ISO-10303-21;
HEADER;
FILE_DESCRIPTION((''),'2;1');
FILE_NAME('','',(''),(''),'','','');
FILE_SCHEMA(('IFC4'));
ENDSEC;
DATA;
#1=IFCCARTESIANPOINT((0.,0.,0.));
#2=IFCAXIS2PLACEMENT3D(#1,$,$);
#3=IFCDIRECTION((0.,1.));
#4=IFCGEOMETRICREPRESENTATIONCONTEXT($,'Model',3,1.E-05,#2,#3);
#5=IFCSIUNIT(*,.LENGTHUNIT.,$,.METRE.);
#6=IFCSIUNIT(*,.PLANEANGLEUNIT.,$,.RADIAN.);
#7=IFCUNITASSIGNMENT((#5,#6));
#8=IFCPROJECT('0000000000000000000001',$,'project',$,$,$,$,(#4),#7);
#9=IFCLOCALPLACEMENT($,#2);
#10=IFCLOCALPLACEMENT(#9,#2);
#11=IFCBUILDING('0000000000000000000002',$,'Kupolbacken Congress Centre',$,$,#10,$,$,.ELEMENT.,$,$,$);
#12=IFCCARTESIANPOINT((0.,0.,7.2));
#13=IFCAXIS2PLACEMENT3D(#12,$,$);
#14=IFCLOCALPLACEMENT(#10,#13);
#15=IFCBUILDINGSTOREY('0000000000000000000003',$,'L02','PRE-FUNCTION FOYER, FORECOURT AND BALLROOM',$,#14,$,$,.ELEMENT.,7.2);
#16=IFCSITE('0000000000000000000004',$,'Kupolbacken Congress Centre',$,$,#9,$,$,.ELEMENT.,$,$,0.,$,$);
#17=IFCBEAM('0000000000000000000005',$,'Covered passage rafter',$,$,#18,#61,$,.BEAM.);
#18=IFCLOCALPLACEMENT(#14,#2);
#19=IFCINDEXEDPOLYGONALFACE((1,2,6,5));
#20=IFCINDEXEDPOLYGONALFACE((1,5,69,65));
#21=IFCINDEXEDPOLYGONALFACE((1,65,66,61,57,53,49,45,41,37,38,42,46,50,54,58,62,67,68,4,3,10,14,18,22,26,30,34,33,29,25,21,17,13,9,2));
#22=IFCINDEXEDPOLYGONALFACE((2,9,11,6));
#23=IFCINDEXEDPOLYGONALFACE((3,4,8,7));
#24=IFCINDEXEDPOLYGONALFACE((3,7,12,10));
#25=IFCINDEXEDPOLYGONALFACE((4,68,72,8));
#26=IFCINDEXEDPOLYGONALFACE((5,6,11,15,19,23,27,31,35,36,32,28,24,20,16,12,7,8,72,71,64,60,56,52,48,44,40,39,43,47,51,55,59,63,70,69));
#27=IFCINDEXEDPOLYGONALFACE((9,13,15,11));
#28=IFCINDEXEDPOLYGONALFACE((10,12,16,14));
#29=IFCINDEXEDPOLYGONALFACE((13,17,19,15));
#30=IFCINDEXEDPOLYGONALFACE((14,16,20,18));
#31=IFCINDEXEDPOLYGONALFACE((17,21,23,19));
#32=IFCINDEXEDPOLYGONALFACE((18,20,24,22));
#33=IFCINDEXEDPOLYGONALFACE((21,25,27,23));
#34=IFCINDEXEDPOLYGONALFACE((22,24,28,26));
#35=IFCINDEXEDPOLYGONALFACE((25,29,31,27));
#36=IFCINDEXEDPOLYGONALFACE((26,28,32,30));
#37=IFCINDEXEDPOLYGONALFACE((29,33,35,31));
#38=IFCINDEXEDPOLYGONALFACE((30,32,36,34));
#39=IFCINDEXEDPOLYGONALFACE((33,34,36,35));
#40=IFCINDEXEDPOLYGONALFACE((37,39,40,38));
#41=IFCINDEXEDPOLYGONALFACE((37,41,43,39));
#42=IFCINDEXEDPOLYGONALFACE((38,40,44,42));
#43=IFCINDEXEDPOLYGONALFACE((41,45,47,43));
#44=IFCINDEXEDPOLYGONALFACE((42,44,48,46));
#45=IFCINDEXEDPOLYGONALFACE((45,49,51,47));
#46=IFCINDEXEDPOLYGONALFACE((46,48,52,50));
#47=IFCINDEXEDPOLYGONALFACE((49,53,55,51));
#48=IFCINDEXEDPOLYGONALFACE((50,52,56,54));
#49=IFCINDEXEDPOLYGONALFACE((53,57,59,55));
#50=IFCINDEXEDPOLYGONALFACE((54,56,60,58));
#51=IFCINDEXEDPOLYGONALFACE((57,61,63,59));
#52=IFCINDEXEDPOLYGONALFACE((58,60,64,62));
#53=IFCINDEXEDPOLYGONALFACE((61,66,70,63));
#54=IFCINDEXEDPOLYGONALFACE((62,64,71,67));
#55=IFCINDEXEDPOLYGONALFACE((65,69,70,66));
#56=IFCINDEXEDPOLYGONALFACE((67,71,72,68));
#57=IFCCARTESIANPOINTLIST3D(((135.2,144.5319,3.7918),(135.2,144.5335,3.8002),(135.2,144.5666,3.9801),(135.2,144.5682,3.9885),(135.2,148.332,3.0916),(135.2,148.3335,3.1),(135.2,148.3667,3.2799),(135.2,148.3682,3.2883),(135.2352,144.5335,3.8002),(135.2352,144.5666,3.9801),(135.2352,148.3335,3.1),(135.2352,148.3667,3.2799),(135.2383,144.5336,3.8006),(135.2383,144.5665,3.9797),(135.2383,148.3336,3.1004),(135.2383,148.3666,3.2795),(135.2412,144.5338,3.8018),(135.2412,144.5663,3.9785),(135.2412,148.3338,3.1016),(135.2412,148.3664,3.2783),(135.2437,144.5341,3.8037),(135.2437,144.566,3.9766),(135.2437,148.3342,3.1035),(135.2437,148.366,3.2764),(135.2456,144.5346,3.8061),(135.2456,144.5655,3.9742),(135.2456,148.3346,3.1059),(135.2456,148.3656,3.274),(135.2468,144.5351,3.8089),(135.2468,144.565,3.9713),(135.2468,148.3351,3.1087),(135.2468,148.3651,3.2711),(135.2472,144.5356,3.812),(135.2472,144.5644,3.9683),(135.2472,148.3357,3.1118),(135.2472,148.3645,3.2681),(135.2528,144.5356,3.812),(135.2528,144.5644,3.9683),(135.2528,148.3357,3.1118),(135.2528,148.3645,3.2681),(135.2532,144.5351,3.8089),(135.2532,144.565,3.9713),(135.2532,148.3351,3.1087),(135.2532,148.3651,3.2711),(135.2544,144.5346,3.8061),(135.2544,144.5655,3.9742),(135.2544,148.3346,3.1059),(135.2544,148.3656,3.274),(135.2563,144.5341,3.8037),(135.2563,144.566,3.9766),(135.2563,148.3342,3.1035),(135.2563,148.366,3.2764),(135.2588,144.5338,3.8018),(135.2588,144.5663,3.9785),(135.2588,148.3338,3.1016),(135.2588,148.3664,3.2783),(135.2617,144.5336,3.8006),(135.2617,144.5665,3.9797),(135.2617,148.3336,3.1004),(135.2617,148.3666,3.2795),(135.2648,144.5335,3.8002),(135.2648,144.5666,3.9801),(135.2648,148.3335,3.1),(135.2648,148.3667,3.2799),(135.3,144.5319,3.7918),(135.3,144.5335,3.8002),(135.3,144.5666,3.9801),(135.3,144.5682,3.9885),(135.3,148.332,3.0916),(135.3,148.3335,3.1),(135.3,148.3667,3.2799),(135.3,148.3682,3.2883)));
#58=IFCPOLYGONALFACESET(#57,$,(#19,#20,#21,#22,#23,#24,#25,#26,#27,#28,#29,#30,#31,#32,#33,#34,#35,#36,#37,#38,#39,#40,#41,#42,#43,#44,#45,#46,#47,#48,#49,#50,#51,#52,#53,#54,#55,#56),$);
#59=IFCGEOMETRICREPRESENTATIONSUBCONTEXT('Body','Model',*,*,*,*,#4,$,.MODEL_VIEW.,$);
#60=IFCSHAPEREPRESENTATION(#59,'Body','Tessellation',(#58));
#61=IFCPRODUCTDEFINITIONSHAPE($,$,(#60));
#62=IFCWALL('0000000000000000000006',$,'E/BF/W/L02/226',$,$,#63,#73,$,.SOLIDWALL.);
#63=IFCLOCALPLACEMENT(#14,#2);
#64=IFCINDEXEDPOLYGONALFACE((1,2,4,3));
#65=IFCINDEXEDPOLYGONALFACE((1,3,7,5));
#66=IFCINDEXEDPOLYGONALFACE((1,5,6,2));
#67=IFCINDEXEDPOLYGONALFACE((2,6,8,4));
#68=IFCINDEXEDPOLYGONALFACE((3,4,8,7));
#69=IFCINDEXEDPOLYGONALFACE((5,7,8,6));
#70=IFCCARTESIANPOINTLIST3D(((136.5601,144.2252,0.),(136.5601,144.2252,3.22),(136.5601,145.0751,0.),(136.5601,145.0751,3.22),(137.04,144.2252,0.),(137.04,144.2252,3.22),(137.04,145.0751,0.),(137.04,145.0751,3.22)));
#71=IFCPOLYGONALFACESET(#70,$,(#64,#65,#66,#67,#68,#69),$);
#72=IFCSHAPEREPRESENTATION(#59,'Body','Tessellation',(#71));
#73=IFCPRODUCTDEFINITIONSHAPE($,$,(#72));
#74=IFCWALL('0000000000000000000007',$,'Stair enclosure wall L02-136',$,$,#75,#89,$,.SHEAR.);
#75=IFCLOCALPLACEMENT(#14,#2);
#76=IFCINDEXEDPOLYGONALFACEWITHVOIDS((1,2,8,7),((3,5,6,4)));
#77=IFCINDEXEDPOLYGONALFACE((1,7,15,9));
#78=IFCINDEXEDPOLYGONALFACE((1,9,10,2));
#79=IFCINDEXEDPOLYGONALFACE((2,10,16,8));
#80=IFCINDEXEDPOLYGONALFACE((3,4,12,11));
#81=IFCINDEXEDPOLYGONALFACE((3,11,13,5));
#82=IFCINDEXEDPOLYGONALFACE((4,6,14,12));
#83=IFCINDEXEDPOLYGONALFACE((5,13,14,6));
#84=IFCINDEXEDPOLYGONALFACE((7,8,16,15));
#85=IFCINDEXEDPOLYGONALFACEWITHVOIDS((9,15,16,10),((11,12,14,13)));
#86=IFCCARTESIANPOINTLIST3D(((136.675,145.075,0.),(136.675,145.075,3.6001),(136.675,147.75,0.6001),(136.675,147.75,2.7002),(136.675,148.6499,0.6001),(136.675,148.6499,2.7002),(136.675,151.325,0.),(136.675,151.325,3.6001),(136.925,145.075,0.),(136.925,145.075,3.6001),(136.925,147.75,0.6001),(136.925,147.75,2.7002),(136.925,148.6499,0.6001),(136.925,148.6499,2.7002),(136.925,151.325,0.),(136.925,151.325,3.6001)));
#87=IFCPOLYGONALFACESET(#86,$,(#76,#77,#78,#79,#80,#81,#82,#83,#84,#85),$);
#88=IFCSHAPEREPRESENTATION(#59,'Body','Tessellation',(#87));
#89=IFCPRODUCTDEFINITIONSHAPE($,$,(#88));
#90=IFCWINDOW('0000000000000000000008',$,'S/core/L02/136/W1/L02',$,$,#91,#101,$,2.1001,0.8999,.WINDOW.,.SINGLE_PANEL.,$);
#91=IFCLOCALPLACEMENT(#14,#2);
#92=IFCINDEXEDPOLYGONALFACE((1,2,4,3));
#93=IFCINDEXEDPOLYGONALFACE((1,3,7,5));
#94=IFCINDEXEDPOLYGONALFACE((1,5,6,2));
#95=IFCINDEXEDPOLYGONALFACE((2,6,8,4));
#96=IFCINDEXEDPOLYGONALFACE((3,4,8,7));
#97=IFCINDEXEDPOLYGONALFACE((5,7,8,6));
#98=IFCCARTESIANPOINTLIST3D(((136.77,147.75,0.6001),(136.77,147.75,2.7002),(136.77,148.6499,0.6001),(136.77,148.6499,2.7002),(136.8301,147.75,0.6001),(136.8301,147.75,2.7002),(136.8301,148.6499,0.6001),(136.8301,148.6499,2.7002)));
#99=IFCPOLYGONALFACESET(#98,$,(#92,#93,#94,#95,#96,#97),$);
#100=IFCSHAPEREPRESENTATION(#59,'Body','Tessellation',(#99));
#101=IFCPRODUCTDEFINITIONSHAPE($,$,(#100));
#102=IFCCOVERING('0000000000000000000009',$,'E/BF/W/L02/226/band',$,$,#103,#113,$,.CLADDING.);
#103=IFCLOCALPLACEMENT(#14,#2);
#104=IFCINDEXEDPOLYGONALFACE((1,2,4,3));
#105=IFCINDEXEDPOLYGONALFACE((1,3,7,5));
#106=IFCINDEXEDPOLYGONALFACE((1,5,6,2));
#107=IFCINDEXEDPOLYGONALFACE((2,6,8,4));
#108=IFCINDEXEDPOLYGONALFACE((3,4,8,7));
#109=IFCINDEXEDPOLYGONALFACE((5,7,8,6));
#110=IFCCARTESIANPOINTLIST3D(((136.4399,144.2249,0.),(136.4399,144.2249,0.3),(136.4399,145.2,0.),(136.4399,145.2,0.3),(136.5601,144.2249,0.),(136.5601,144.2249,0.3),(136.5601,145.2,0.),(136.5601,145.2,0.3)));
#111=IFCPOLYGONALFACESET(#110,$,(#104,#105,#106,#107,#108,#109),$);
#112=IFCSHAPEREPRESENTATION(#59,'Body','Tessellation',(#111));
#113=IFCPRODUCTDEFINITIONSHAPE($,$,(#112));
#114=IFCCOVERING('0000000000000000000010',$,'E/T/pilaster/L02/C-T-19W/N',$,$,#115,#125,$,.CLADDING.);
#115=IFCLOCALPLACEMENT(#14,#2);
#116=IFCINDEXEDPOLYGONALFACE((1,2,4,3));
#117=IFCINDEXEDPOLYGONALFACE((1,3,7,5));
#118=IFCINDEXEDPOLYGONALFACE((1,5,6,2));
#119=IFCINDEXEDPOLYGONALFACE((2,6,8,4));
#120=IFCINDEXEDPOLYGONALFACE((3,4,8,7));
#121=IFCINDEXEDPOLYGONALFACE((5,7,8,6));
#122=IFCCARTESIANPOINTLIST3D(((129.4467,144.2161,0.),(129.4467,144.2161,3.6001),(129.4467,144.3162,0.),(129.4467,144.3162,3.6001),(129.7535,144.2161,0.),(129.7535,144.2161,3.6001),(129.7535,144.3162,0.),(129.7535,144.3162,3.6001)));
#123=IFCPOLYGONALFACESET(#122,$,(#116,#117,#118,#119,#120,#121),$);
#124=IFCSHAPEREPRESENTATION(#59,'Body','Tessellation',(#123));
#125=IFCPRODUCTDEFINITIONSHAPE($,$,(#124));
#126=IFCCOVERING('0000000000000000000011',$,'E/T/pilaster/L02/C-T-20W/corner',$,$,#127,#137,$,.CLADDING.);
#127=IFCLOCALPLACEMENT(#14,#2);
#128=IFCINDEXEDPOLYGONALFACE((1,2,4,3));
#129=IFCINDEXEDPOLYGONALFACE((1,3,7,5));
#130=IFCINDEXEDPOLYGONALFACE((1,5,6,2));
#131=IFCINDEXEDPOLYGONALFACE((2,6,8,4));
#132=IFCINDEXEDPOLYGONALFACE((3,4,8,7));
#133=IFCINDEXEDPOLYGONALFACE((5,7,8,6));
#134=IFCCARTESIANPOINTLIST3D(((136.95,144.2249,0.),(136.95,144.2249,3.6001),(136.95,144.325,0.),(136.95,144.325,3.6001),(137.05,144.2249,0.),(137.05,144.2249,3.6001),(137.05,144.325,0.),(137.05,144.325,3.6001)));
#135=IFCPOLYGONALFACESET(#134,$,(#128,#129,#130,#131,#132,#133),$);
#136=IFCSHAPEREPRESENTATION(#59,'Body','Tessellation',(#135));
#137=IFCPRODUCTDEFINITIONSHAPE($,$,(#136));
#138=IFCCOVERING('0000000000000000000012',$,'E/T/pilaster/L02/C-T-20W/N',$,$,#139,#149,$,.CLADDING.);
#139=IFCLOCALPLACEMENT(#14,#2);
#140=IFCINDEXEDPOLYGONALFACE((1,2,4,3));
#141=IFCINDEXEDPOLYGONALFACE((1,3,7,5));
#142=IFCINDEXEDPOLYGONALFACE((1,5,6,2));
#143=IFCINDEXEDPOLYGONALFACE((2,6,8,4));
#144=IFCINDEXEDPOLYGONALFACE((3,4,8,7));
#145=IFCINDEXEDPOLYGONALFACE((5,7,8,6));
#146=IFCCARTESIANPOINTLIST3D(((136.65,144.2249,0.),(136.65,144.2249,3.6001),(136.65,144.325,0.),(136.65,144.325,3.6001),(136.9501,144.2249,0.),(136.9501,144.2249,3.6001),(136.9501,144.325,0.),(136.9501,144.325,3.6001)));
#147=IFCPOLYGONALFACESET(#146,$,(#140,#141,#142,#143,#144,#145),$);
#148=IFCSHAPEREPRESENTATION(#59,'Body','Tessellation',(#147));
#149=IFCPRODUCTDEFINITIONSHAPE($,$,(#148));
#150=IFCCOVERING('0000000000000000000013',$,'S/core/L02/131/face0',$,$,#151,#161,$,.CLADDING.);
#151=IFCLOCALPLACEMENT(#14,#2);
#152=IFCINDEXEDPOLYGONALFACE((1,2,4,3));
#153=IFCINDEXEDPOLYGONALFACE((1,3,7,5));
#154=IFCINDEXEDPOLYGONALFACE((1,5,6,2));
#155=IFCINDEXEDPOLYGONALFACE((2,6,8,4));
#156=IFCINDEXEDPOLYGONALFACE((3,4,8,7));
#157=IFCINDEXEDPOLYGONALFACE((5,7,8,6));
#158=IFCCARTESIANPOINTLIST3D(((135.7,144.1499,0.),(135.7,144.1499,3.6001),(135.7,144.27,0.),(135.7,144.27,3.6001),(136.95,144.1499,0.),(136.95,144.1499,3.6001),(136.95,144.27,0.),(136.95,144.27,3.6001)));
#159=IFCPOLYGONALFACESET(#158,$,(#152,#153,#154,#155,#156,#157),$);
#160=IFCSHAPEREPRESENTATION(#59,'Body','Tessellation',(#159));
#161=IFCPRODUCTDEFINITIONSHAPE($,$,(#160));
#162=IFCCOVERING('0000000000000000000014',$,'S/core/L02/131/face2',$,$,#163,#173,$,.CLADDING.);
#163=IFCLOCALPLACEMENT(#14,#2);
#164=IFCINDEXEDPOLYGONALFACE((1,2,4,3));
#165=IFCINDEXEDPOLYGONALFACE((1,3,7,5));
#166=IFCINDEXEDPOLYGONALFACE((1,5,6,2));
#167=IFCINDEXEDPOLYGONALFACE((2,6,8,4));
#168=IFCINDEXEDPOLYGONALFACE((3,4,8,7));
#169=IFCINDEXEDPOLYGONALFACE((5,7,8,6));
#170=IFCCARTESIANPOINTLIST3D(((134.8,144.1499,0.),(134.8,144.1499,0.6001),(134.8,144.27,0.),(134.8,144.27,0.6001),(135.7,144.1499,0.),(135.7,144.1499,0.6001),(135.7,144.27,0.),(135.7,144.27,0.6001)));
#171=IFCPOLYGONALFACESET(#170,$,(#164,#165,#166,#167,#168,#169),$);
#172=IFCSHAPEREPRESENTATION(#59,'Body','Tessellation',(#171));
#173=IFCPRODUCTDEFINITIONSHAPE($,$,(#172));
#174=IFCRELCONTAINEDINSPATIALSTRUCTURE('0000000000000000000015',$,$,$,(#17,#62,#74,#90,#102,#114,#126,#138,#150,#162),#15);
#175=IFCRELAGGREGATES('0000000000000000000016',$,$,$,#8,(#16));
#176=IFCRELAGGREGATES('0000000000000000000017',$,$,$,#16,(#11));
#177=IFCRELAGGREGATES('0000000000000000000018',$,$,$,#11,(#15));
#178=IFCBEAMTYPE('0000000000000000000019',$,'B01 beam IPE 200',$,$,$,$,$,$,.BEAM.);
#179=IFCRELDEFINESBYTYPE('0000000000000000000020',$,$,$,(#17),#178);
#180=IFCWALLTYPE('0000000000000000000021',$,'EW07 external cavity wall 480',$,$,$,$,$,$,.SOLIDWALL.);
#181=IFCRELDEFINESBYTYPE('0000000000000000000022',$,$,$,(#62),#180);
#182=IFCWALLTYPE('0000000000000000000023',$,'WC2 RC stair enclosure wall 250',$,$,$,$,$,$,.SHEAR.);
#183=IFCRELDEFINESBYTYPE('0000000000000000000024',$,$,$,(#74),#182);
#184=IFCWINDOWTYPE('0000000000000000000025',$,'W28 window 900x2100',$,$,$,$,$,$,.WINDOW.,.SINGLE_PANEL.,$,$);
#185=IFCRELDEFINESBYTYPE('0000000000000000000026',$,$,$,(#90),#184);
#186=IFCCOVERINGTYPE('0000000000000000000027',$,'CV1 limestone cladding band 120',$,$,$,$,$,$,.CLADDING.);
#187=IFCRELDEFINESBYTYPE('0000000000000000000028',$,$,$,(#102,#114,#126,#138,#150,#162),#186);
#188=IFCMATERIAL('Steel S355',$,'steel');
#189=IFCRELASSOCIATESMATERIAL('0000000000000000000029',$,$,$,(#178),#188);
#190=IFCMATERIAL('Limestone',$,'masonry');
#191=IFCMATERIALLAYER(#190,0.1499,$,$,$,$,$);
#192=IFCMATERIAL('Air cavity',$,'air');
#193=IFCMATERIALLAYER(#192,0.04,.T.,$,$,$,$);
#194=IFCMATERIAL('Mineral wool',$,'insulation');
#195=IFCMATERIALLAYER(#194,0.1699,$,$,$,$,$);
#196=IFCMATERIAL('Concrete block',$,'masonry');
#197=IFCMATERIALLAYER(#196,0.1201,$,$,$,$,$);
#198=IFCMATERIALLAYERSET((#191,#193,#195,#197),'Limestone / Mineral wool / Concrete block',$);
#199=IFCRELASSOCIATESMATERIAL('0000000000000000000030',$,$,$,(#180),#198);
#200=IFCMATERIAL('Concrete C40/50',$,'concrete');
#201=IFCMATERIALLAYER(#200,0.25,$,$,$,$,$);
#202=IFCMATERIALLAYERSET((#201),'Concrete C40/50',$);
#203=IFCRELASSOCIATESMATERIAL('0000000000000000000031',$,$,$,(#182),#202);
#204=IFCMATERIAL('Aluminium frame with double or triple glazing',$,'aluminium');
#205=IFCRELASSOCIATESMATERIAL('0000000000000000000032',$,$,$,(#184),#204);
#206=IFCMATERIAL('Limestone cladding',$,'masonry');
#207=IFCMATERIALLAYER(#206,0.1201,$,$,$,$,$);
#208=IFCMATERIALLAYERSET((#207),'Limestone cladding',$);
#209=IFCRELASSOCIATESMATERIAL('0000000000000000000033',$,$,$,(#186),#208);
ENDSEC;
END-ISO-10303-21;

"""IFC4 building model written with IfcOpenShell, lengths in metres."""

from ifc_helpers import new_model, si_unit, direction, frame, frame_2d, origin, origin_2d, place, context, subcontext, project, spatial, rectangle, i_section, extrude, material, layer, layer_set, material_profile, profile_set, type_object, element, fill, save


model = new_model("IFC4")

# Units and contexts
model_context = context("Model", 3, precision=1e-05, world=origin(), true_north=direction((0.0, 1.0)))
body_context = subcontext(model_context, "Body", "Model", "MODEL_VIEW")
ifc_project = project(units=[si_unit("LENGTHUNIT", "METRE"), si_unit("PLANEANGLEUNIT", "RADIAN")], contexts=[model_context])

# Site, building, storey
site_placement = place(None, origin())
site = spatial("IfcSite", under=ifc_project, at=site_placement, Name="Kupolbacken Congress Centre", CompositionType="ELEMENT", RefElevation=0.0)
building_placement = place(site_placement, origin())
building = spatial("IfcBuilding", under=site, at=building_placement, Name="Kupolbacken Congress Centre", CompositionType="ELEMENT")
storey_placement = place(building_placement, frame((0.0, 0.0, 7.2)))
storey = spatial("IfcBuildingStorey", under=building, at=storey_placement, Name="L02", Description="PRE-FUNCTION FOYER, FORECOURT AND BALLROOM", CompositionType="ELEMENT", Elevation=7.2)

# Beam
ifc_material_1 = material(Name="Steel S355", Category="steel")
ifc_material_profile_1 = material_profile(ifc_material_1, i_section(OverallWidth=0.1001, OverallDepth=0.2, WebThickness=0.0056, FlangeThickness=0.0085, FilletRadius=0.012, at=origin_2d()), Name="IPE 200")
ifc_profile_set_1 = profile_set([ifc_material_profile_1], Name="Steel S355")
beam_type = type_object("IfcBeamType", Name="B01 beam IPE 200", PredefinedType="BEAM", material=ifc_profile_set_1)
for number, where, z_axis, x_axis, name in (
    (1, (135.25, 144.55, 3.8901), (0.0, 0.983445, -0.181209), (-1.0, 0.0, 0.0), "Covered passage rafter"),
):
    element("IfcBeam", number, at=place(storey_placement, frame(where, z_axis=z_axis, x_axis=x_axis)), inside=storey, type_object=beam_type, Name=name, PredefinedType="BEAM", context=body_context, shape_type="SweptSolid", body=[
        extrude(i_section(OverallWidth=0.1001, OverallDepth=0.2, WebThickness=0.0056, FlangeThickness=0.0085, FilletRadius=0.012, at=origin_2d()), origin(), (0.0, 0.0, 1.0), 3.864),
    ])

# Wall
ifc_material_2 = material(Name="Limestone", Category="masonry")
ifc_layer_1 = layer(ifc_material_2, 0.1499)
ifc_material_3 = material(Name="Air cavity", Category="air")
ifc_layer_2 = layer(ifc_material_3, 0.04, ventilated=True)
ifc_material_4 = material(Name="Mineral wool", Category="insulation")
ifc_layer_3 = layer(ifc_material_4, 0.1699)
ifc_material_5 = material(Name="Concrete block", Category="masonry")
ifc_layer_4 = layer(ifc_material_5, 0.1201)
ifc_layer_set_1 = layer_set([ifc_layer_1, ifc_layer_2, ifc_layer_3, ifc_layer_4], Name="Limestone / Mineral wool / Concrete block")
wall_type_1 = type_object("IfcWallType", Name="EW07 external cavity wall 480", PredefinedType="SOLIDWALL", material=ifc_layer_set_1)
wall_1_placement = place(storey_placement, frame((136.8, 145.075, 0.0), z_axis=(0.0, 0.0, 1.0), x_axis=(0.0, -1.0, 0.0)))
element("IfcWall", 2, at=wall_1_placement, inside=storey, type_object=wall_type_1, Name="E/BF/W/L02/226", PredefinedType="SOLIDWALL", context=body_context, shape_type="SweptSolid", body=[
    extrude(rectangle(XDim=0.8499, YDim=0.48, at=frame_2d((0.4248, 0.0))), origin(), (0.0, 0.0, 1.0), 3.22),
])

# Shared definitions
ifc_material_6 = material(Name="Concrete C40/50", Category="concrete")
ifc_layer_5 = layer(ifc_material_6, 0.25)
ifc_layer_set_2 = layer_set([ifc_layer_5], Name="Concrete C40/50")
wall_type_2 = type_object("IfcWallType", Name="WC2 RC stair enclosure wall 250", PredefinedType="SHEAR", material=ifc_layer_set_2)

# Wall, opening, window
wall_2_placement = place(storey_placement, frame((136.8, 151.325, 0.0), z_axis=(0.0, 0.0, 1.0), x_axis=(0.0, -1.0, 0.0)))
wall_2 = element("IfcWall", 3, at=wall_2_placement, inside=storey, type_object=wall_type_2, Name="Stair enclosure wall L02-136", PredefinedType="SHEAR", context=body_context, shape_type="SweptSolid", body=[
    extrude(rectangle(XDim=6.25, YDim=0.25, at=frame_2d((3.125, 0.0))), origin(), (0.0, 0.0, 1.0), 3.6001),
])
opening_1_placement = place(wall_2_placement, frame((2.675, 0.0, 0.6001)))
opening_1 = element("IfcOpeningElement", 4, at=opening_1_placement, cuts=wall_2, PredefinedType="OPENING", context=body_context, shape_type="SweptSolid", body=[
    extrude(rectangle(XDim=0.8999, YDim=2.1001, at=frame_2d((0.45, 1.05))), frame((0.0, 0.135, 0.0), z_axis=(0.0, -1.0, 0.0), x_axis=(1.0, 0.0, 0.0)), (0.0, 0.0, 1.0), 0.27),
])
ifc_material_7 = material(Name="Aluminium frame with double or triple glazing", Category="aluminium")
window_type = type_object("IfcWindowType", Name="W28 window 900x2100", PartitioningType="SINGLE_PANEL", PredefinedType="WINDOW", material=ifc_material_7)
window_placement = place(opening_1_placement, origin())
window = element("IfcWindow", 5, at=window_placement, inside=storey, type_object=window_type, Name="S/core/L02/136/W1/L02", OverallHeight=2.1001, OverallWidth=0.8999, PartitioningType="SINGLE_PANEL", PredefinedType="WINDOW", context=body_context, shape_type="SweptSolid", body=[
    extrude(rectangle(XDim=0.8999, YDim=2.1001, at=frame_2d((0.45, 1.05))), frame((0.0, 0.03, 0.0), z_axis=(0.0, -1.0, 0.0), x_axis=(1.0, 0.0, 0.0)), (0.0, 0.0, 1.0), 0.0601),
])
fill(opening_1, window)

# Coverings
ifc_material_8 = material(Name="Limestone cladding", Category="masonry")
ifc_layer_6 = layer(ifc_material_8, 0.1201)
ifc_layer_set_3 = layer_set([ifc_layer_6], Name="Limestone cladding")
covering_type_1 = type_object("IfcCoveringType", Name="CV1 limestone cladding band 120", PredefinedType="CLADDING", material=ifc_layer_set_3)
covering_1_placement = place(storey_placement, frame((136.5, 144.7124, 0.0), z_axis=(0.0, 0.0, 1.0), x_axis=(0.0, -1.0, 0.0)))
element("IfcCovering", 6, at=covering_1_placement, inside=storey, type_object=covering_type_1, Name="E/BF/W/L02/226/band", PredefinedType="CLADDING", context=body_context, shape_type="SweptSolid", body=[
    extrude(rectangle(XDim=0.9751, YDim=0.1201, at=origin_2d()), origin(), (0.0, 0.0, 1.0), 0.3),
])
covering_2_placement = place(storey_placement, frame((129.6001, 144.2661, 0.0), z_axis=(0.0, 0.0, 1.0), x_axis=(1.0, 0.0, 0.0)))
element("IfcCovering", 7, at=covering_2_placement, inside=storey, type_object=covering_type_1, Name="E/T/pilaster/L02/C-T-19W/N", PredefinedType="CLADDING", context=body_context, shape_type="SweptSolid", body=[
    extrude(rectangle(XDim=0.3069, YDim=0.1001, at=origin_2d()), origin(), (0.0, 0.0, 1.0), 3.6001),
])
covering_3_placement = place(storey_placement, frame((137.0, 144.2749, 0.0), z_axis=(0.0, 0.0, 1.0), x_axis=(1.0, 0.0, 0.0)))
element("IfcCovering", 8, at=covering_3_placement, inside=storey, type_object=covering_type_1, Name="E/T/pilaster/L02/C-T-20W/corner", PredefinedType="CLADDING", context=body_context, shape_type="SweptSolid", body=[
    extrude(rectangle(XDim=0.1001, YDim=0.1001, at=origin_2d()), origin(), (0.0, 0.0, 1.0), 3.6001),
])
covering_4_placement = place(storey_placement, frame((136.8, 144.2749, 0.0), z_axis=(0.0, 0.0, 1.0), x_axis=(1.0, 0.0, 0.0)))
element("IfcCovering", 9, at=covering_4_placement, inside=storey, type_object=covering_type_1, Name="E/T/pilaster/L02/C-T-20W/N", PredefinedType="CLADDING", context=body_context, shape_type="SweptSolid", body=[
    extrude(rectangle(XDim=0.3, YDim=0.1001, at=origin_2d()), origin(), (0.0, 0.0, 1.0), 3.6001),
])
covering_5_placement = place(storey_placement, frame((136.325, 144.21, 0.0), z_axis=(0.0, 0.0, 1.0), x_axis=(-1.0, 0.0, 0.0)))
element("IfcCovering", 10, at=covering_5_placement, inside=storey, type_object=covering_type_1, Name="S/core/L02/131/face0", PredefinedType="CLADDING", context=body_context, shape_type="SweptSolid", body=[
    extrude(rectangle(XDim=1.25, YDim=0.1201, at=origin_2d()), origin(), (0.0, 0.0, 1.0), 3.6001),
])
covering_6_placement = place(storey_placement, frame((135.25, 144.21, 0.0), z_axis=(0.0, 0.0, 1.0), x_axis=(-1.0, 0.0, 0.0)))
element("IfcCovering", 11, at=covering_6_placement, inside=storey, type_object=covering_type_1, Name="S/core/L02/131/face2", PredefinedType="CLADDING", context=body_context, shape_type="SweptSolid", body=[
    extrude(rectangle(XDim=0.8999, YDim=0.1201, at=origin_2d()), origin(), (0.0, 0.0, 1.0), 0.6001),
])

save(model, "model.ifc")
